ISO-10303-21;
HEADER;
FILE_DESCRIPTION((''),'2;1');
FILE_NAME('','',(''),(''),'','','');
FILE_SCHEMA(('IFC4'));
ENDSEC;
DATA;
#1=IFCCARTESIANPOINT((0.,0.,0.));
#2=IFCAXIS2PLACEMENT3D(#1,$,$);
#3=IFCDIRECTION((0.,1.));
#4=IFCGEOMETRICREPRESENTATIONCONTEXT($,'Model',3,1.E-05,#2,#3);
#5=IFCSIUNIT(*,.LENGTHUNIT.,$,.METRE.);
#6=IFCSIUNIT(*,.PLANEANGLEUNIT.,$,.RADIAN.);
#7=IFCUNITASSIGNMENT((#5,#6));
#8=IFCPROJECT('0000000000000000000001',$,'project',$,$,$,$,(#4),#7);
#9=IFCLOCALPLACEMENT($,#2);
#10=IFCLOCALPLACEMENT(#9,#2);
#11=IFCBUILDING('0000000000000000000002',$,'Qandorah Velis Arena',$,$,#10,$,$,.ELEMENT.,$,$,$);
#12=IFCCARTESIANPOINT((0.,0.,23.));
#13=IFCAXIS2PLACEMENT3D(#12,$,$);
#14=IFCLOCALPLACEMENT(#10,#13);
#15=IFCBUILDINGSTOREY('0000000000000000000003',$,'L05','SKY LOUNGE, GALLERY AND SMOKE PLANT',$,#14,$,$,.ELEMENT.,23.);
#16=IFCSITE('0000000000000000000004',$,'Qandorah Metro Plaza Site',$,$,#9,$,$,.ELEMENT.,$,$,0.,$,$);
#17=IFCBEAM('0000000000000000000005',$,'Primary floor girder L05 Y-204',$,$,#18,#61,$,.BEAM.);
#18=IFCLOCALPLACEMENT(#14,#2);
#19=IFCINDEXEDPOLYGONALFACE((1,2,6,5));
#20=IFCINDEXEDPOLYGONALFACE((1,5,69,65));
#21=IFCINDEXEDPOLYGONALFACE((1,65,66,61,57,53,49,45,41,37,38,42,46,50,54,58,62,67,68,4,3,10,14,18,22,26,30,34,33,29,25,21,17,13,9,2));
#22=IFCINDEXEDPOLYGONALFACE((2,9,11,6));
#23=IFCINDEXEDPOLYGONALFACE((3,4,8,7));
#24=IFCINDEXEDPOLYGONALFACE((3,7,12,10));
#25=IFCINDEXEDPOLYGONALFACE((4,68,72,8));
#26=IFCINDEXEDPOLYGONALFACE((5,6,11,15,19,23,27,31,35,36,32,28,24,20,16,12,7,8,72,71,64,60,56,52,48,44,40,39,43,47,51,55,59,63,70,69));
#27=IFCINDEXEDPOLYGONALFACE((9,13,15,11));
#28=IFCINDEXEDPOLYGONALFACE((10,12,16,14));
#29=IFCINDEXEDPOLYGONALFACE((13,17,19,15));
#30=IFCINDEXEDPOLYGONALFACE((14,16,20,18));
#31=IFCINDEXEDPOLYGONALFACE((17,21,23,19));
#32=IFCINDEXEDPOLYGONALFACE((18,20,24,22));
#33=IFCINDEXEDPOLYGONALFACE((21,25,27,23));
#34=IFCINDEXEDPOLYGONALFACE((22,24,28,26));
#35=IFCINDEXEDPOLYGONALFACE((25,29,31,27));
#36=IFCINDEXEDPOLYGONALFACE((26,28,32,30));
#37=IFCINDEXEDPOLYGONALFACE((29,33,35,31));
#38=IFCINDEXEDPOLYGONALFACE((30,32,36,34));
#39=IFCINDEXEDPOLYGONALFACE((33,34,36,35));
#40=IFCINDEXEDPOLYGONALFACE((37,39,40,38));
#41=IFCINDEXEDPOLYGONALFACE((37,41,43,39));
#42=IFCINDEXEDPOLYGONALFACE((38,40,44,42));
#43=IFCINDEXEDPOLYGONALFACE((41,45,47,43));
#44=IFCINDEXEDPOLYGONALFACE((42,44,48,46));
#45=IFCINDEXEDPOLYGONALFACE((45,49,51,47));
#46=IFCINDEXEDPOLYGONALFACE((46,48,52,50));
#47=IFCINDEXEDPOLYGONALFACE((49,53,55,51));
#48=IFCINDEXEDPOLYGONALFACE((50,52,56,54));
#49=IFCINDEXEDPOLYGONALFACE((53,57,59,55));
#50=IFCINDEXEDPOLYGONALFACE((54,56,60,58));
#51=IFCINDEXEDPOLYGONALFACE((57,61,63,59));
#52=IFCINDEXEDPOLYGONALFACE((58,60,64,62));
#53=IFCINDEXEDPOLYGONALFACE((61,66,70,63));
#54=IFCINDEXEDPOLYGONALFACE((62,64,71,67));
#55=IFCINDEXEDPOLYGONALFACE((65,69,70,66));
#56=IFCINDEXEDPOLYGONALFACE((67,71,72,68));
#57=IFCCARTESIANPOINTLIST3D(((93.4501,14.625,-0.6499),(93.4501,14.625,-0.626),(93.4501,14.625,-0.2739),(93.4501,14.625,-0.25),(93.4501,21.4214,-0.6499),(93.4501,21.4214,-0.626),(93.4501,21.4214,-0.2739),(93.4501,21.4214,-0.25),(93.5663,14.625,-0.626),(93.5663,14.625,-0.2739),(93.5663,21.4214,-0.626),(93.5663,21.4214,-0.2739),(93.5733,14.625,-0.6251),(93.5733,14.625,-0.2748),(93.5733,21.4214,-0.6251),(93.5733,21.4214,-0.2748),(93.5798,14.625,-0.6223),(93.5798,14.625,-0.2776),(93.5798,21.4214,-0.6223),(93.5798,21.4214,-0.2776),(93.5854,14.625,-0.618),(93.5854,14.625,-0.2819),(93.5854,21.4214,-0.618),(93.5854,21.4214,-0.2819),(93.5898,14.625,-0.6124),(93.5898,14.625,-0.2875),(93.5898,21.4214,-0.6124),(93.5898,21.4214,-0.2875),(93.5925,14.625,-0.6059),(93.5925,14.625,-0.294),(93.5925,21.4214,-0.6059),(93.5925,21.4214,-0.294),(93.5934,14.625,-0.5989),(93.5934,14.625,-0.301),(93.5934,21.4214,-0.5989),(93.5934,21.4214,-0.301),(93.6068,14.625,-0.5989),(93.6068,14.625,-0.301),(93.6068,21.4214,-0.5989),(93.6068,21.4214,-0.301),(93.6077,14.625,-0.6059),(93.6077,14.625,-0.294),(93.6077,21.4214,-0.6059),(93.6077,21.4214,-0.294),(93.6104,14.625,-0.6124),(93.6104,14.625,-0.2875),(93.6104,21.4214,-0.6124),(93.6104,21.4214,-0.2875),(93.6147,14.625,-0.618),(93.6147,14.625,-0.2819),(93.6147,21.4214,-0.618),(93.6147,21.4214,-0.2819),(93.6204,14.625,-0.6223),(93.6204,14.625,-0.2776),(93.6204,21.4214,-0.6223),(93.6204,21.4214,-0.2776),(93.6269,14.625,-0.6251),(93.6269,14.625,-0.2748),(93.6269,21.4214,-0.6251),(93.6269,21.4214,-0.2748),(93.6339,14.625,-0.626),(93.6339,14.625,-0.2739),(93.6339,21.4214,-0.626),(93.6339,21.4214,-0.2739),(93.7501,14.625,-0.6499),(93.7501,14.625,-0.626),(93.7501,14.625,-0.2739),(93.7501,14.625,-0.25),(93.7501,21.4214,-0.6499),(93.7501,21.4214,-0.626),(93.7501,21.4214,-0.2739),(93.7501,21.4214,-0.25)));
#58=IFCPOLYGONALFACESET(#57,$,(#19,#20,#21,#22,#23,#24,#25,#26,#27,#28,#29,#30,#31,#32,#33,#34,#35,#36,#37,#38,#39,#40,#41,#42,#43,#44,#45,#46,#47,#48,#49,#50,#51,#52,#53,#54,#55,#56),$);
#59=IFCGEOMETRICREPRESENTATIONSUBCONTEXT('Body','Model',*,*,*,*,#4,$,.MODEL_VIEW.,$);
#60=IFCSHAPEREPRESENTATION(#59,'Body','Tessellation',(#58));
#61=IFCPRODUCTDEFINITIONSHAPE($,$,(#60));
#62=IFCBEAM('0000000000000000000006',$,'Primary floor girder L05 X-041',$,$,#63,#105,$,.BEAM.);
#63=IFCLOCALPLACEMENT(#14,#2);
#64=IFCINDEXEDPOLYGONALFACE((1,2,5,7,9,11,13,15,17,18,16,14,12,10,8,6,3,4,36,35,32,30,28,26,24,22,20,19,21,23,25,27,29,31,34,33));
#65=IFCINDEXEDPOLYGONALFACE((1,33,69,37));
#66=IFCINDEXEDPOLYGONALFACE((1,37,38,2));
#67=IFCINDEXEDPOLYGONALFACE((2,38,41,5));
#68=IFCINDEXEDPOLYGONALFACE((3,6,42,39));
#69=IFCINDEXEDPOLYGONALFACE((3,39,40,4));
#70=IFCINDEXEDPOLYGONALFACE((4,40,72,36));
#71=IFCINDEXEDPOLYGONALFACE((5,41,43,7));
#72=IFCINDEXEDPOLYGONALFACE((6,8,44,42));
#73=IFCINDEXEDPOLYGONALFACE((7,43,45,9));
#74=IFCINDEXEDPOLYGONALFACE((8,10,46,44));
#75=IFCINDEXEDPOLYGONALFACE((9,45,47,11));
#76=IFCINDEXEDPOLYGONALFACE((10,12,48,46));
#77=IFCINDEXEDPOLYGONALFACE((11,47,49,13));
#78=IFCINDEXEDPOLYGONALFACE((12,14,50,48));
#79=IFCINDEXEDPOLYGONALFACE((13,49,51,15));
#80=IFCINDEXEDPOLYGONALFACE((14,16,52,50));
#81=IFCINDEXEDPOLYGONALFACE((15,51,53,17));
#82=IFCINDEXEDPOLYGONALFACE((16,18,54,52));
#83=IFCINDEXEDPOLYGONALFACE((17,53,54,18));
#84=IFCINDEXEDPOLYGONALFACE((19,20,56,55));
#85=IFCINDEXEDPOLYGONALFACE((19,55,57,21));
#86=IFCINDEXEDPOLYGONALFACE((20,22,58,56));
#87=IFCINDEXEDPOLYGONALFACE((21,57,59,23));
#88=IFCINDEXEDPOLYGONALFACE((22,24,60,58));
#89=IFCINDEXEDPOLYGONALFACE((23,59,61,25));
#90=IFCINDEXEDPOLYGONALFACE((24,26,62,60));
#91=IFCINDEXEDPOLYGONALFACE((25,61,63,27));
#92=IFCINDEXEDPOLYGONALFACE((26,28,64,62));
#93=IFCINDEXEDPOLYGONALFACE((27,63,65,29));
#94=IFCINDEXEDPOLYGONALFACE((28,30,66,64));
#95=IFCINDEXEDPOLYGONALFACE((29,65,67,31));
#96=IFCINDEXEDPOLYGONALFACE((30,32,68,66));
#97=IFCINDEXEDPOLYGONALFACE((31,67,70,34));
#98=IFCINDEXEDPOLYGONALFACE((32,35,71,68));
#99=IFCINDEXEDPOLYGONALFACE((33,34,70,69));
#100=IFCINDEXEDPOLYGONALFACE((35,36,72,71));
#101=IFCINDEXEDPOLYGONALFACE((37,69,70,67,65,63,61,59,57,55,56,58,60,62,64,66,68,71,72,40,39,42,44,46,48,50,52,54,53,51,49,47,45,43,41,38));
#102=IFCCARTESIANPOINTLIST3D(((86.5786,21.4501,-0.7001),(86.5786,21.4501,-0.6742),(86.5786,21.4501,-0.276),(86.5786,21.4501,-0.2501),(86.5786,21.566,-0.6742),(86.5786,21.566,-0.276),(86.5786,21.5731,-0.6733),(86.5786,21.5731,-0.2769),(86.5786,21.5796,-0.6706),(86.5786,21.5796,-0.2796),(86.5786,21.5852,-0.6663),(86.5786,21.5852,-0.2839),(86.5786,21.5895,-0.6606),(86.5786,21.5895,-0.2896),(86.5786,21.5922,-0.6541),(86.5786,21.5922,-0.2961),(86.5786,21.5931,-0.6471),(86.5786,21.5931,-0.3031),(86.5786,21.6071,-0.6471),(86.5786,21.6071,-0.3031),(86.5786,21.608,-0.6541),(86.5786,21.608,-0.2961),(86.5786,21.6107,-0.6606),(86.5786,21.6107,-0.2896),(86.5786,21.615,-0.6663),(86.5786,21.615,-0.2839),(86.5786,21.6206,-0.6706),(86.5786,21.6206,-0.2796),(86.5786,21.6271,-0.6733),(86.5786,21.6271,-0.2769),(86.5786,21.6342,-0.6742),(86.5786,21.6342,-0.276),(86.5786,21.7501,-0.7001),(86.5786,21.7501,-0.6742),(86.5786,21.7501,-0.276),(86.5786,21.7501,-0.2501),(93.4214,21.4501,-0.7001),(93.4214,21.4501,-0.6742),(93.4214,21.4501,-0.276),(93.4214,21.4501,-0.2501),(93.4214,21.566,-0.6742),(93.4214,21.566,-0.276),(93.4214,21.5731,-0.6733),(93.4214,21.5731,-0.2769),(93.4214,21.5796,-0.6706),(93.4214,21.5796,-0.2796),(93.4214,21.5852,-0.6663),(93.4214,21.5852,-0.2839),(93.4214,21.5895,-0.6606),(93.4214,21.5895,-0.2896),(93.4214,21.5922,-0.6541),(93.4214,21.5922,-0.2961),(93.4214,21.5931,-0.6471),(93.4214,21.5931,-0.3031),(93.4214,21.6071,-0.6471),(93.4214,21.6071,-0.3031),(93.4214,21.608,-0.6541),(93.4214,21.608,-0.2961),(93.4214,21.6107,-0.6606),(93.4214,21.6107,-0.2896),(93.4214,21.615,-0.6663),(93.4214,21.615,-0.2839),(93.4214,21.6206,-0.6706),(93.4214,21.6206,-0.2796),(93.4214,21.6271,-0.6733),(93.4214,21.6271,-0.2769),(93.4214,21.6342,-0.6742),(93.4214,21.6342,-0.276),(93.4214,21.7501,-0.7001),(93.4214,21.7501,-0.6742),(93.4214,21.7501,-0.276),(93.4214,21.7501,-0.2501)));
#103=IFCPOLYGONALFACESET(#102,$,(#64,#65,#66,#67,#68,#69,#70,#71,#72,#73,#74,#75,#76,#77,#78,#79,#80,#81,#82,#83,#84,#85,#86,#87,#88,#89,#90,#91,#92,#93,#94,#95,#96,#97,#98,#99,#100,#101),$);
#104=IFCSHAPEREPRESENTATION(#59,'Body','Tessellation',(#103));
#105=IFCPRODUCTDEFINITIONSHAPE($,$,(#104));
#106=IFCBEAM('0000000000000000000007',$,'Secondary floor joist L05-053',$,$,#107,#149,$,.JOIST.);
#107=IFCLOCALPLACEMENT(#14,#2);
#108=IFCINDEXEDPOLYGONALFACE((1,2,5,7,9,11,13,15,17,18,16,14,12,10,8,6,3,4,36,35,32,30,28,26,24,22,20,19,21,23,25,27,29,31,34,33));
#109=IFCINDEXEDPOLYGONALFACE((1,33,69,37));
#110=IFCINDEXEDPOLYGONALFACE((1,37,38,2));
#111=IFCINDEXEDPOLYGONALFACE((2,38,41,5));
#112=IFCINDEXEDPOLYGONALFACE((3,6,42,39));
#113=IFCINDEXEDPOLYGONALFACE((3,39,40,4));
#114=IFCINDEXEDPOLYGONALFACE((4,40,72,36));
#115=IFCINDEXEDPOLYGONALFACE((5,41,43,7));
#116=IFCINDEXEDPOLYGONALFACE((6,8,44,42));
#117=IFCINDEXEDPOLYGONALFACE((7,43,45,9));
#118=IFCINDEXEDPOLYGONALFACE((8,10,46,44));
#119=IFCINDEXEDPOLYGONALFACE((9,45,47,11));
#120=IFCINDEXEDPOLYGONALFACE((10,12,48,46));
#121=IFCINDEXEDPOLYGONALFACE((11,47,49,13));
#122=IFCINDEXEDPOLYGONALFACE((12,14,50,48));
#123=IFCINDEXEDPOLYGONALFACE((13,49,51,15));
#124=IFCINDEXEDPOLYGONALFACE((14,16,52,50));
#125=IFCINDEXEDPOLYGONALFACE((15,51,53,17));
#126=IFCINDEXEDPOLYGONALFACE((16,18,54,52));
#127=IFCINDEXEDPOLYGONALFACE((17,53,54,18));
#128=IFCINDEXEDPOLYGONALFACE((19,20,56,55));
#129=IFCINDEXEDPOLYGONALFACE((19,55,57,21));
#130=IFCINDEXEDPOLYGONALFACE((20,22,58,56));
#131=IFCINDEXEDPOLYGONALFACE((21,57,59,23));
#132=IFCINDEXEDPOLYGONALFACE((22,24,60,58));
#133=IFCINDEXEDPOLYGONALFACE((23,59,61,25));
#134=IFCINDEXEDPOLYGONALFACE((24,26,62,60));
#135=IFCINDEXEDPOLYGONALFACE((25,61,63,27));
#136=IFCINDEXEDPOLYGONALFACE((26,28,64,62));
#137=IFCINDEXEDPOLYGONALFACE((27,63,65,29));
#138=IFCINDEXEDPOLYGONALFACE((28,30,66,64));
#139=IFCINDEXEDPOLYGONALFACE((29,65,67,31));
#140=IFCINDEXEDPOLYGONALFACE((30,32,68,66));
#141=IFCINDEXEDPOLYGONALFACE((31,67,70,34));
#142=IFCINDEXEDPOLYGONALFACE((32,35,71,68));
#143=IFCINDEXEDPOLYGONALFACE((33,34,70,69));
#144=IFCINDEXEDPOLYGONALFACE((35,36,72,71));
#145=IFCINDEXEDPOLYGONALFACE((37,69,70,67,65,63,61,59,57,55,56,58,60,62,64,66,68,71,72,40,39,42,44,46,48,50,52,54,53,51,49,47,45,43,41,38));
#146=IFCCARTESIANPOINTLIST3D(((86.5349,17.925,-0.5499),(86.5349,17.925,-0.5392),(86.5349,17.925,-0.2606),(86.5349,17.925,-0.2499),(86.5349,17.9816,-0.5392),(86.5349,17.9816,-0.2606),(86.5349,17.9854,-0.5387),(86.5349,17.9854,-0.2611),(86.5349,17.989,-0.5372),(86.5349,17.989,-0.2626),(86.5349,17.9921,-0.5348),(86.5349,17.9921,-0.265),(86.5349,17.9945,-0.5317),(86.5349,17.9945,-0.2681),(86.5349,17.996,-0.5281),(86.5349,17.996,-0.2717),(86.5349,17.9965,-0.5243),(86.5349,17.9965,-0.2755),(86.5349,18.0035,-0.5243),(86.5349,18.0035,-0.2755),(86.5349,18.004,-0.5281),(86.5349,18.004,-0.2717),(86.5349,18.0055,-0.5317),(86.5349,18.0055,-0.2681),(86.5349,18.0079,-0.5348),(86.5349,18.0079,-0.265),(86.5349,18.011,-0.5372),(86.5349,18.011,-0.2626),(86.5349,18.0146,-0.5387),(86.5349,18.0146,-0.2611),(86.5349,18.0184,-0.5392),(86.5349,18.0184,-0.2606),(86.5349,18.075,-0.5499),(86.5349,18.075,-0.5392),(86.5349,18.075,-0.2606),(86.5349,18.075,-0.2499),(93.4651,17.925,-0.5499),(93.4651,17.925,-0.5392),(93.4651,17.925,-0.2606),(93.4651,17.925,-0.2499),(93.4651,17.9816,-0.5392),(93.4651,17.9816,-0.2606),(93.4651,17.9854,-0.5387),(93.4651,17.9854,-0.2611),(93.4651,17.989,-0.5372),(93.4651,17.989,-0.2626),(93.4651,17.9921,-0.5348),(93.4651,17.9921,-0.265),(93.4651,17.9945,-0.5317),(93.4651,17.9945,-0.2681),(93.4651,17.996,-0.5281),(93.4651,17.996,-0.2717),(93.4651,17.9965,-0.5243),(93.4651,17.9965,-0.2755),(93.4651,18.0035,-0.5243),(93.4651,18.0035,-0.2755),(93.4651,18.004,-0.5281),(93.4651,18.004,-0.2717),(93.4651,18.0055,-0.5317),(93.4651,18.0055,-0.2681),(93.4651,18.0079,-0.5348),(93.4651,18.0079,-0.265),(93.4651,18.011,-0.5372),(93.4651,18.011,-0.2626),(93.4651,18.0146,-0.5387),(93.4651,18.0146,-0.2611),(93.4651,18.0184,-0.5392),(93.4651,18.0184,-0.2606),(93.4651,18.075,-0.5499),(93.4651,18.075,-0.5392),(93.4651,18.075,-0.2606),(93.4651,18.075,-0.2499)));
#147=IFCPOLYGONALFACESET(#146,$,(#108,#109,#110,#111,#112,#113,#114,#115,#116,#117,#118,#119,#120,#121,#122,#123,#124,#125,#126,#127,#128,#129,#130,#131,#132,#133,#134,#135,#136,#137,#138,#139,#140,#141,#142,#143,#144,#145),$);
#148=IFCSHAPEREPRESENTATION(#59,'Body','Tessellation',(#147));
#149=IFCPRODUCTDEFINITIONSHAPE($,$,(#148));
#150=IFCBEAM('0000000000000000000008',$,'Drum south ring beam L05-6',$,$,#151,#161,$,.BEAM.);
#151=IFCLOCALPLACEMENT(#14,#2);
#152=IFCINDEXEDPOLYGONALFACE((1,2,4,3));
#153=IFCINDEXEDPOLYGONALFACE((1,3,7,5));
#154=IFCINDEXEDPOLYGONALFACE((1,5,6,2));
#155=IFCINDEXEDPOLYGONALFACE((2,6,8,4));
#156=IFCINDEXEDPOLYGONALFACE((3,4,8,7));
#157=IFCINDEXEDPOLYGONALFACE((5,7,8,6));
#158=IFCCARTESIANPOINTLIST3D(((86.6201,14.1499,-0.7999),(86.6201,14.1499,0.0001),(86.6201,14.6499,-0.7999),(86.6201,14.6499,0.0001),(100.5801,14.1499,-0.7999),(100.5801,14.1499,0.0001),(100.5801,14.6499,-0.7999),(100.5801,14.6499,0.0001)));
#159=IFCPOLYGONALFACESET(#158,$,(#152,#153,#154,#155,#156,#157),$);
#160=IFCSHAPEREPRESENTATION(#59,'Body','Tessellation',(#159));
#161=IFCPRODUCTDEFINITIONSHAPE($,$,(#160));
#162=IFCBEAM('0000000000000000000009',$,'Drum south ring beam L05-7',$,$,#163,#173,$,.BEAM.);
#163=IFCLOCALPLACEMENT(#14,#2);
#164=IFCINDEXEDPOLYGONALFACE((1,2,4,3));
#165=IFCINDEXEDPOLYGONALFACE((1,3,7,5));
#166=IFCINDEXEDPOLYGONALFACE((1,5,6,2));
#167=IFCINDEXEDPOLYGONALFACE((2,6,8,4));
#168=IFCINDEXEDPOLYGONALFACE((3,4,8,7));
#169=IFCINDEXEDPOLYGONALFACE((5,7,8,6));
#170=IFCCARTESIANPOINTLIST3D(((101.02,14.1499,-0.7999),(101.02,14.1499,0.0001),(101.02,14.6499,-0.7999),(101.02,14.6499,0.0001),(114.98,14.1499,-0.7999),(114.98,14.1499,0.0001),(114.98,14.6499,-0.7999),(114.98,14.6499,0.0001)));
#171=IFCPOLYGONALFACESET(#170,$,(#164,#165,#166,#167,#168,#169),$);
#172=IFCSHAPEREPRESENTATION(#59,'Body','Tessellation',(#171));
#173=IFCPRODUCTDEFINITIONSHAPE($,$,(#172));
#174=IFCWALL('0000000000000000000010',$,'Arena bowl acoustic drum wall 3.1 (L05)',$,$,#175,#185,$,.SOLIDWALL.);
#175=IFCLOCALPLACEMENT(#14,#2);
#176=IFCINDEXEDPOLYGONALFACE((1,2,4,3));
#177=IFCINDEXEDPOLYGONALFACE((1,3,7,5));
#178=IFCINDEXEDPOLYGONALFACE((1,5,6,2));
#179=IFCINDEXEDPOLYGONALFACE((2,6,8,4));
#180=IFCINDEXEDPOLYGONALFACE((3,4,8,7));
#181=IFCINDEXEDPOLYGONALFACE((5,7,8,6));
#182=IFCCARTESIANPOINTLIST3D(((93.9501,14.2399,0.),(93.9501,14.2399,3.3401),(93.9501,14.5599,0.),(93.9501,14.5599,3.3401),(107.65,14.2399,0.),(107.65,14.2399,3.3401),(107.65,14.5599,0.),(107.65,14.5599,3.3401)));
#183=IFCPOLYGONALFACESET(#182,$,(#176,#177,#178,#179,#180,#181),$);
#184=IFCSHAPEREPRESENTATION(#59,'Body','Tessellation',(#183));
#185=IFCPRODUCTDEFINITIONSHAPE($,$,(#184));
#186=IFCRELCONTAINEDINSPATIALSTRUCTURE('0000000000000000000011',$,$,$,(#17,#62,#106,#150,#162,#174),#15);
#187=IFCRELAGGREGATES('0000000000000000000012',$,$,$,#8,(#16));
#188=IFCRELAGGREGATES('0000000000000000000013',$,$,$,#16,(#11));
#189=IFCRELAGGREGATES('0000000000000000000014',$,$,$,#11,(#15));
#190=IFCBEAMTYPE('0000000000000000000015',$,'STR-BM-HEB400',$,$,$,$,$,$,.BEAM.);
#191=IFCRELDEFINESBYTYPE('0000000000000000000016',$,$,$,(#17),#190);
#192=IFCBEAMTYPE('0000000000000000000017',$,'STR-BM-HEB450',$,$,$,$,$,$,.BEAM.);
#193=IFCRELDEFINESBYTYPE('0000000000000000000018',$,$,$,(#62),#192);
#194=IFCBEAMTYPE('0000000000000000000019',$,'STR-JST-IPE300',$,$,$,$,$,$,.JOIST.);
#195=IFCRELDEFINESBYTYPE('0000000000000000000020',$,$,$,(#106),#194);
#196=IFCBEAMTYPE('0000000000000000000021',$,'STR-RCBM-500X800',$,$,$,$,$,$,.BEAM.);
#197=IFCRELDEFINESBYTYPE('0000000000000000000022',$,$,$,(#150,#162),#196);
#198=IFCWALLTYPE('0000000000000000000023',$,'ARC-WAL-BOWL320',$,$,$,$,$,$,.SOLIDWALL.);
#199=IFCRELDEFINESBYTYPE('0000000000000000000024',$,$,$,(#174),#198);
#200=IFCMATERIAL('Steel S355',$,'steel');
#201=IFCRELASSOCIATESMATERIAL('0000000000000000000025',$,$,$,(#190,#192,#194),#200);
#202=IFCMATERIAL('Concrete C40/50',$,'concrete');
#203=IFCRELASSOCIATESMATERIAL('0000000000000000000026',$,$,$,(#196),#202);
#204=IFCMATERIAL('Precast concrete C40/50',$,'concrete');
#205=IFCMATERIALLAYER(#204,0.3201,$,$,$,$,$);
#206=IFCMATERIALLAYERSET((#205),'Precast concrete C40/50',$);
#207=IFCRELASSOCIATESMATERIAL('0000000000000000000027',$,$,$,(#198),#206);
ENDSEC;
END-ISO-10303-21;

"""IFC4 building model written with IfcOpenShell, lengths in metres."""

from ifc_helpers import new_model, si_unit, direction, frame, frame_2d, origin, origin_2d, place, context, subcontext, project, spatial, rectangle, i_section, extrude, material, layer, layer_set, material_profile, profile_set, type_object, element, save


model = new_model("IFC4")

# Units and contexts
model_context = context("Model", 3, precision=1e-05, world=origin(), true_north=direction((0.0, 1.0)))
body_context = subcontext(model_context, "Body", "Model", "MODEL_VIEW")
ifc_project = project(units=[si_unit("LENGTHUNIT", "METRE"), si_unit("PLANEANGLEUNIT", "RADIAN")], contexts=[model_context])

# Site, building, storey
site_placement = place(None, origin())
site = spatial("IfcSite", under=ifc_project, at=site_placement, Name="Qandorah Metro Plaza Site", CompositionType="ELEMENT", RefElevation=0.0)
building_placement = place(site_placement, origin())
building = spatial("IfcBuilding", under=site, at=building_placement, Name="Qandorah Velis Arena", CompositionType="ELEMENT")
storey_placement = place(building_placement, frame((0.0, 0.0, 23.0)))
storey = spatial("IfcBuildingStorey", under=building, at=storey_placement, Name="L05", Description="SKY LOUNGE, GALLERY AND SMOKE PLANT", CompositionType="ELEMENT", Elevation=23.0)

# Shared definitions
ifc_material_1 = material(Name="Concrete C40/50", Category="concrete")

# Beams
ifc_material_2 = material(Name="Steel S355", Category="steel")
ifc_material_profile_1 = material_profile(ifc_material_2, i_section(OverallWidth=0.3, OverallDepth=0.3999, WebThickness=0.0134, FlangeThickness=0.0239, FilletRadius=0.0271, at=origin_2d()), Name="HEB 400")
ifc_profile_set_1 = profile_set([ifc_material_profile_1], Name="Steel S355")
beam_type_1 = type_object("IfcBeamType", Name="STR-BM-HEB400", PredefinedType="BEAM", material=ifc_profile_set_1)
beam_1_placement = place(storey_placement, frame((93.6001, 14.625, -0.45), z_axis=(0.0, 1.0, 0.0), x_axis=(-1.0, 0.0, 0.0)))
element("IfcBeam", 1, at=beam_1_placement, inside=storey, type_object=beam_type_1, Name="Primary floor girder L05 Y-204", PredefinedType="BEAM", context=body_context, shape_type="SweptSolid", body=[
    extrude(i_section(OverallWidth=0.3, OverallDepth=0.3999, WebThickness=0.0134, FlangeThickness=0.0239, FilletRadius=0.0271, at=origin_2d()), origin(), (0.0, 0.0, 1.0), 6.7964),
])
ifc_material_profile_2 = material_profile(ifc_material_2, i_section(OverallWidth=0.3, OverallDepth=0.45, WebThickness=0.0139, FlangeThickness=0.0259, FilletRadius=0.0271, at=origin_2d()), Name="HEB 450")
ifc_profile_set_2 = profile_set([ifc_material_profile_2], Name="Steel S355")
beam_type_2 = type_object("IfcBeamType", Name="STR-BM-HEB450", PredefinedType="BEAM", material=ifc_profile_set_2)
beam_2_placement = place(storey_placement, frame((86.5786, 21.6001, -0.4751), z_axis=(1.0, 0.0, 0.0), x_axis=(0.0, 1.0, 0.0)))
element("IfcBeam", 2, at=beam_2_placement, inside=storey, type_object=beam_type_2, Name="Primary floor girder L05 X-041", PredefinedType="BEAM", context=body_context, shape_type="SweptSolid", body=[
    extrude(i_section(OverallWidth=0.3, OverallDepth=0.45, WebThickness=0.0139, FlangeThickness=0.0259, FilletRadius=0.0271, at=origin_2d()), origin(), (0.0, 0.0, 1.0), 6.8428),
])
ifc_material_profile_3 = material_profile(ifc_material_2, i_section(OverallWidth=0.1499, OverallDepth=0.3, WebThickness=0.0071, FlangeThickness=0.0107, FilletRadius=0.0149, at=origin_2d()), Name="IPE 300")
ifc_profile_set_3 = profile_set([ifc_material_profile_3], Name="Steel S355")
beam_type_3 = type_object("IfcBeamType", Name="STR-JST-IPE300", PredefinedType="JOIST", material=ifc_profile_set_3)
beam_3_placement = place(storey_placement, frame((86.5349, 18.0, -0.3999), z_axis=(1.0, 0.0, 0.0), x_axis=(0.0, 1.0, 0.0)))
element("IfcBeam", 3, at=beam_3_placement, inside=storey, type_object=beam_type_3, Name="Secondary floor joist L05-053", PredefinedType="JOIST", context=body_context, shape_type="SweptSolid", body=[
    extrude(i_section(OverallWidth=0.1499, OverallDepth=0.3, WebThickness=0.0071, FlangeThickness=0.0107, FilletRadius=0.0149, at=origin_2d()), origin(), (0.0, 0.0, 1.0), 6.9302),
])
ifc_material_profile_4 = material_profile(ifc_material_1, rectangle(XDim=0.5, YDim=0.8, at=origin_2d()), Name="RC BM 500x800")
ifc_profile_set_4 = profile_set([ifc_material_profile_4], Name="Concrete C40/50")
beam_type_4 = type_object("IfcBeamType", Name="STR-RCBM-500X800", PredefinedType="BEAM", material=ifc_profile_set_4)
for number, where, z_axis, x_axis, name in (
    (4, (86.6201, 14.3999, -0.3999), (1.0, 0.0, 0.0), (0.0, 1.0, 0.0), "Drum south ring beam L05-6"),
    (5, (101.02, 14.3999, -0.3999), (1.0, 0.0, 0.0), (0.0, 1.0, 0.0), "Drum south ring beam L05-7"),
):
    element("IfcBeam", number, at=place(storey_placement, frame(where, z_axis=z_axis, x_axis=x_axis)), inside=storey, type_object=beam_type_4, Name=name, PredefinedType="BEAM", context=body_context, shape_type="SweptSolid", body=[
        extrude(rectangle(XDim=0.5, YDim=0.8, at=origin_2d()), origin(), (0.0, 0.0, 1.0), 13.96),
    ])

# Wall
ifc_material_3 = material(Name="Precast concrete C40/50", Category="concrete")
ifc_layer_1 = layer(ifc_material_3, 0.3201)
ifc_layer_set_1 = layer_set([ifc_layer_1], Name="Precast concrete C40/50")
wall_type = type_object("IfcWallType", Name="ARC-WAL-BOWL320", PredefinedType="SOLIDWALL", material=ifc_layer_set_1)
wall_placement = place(storey_placement, frame((93.95, 14.3999, 0.0), z_axis=(0.0, 0.0, 1.0), x_axis=(1.0, 0.0, 0.0)))
element("IfcWall", 6, at=wall_placement, inside=storey, type_object=wall_type, Name="Arena bowl acoustic drum wall 3.1 (L05)", PredefinedType="SOLIDWALL", context=body_context, shape_type="SweptSolid", body=[
    extrude(rectangle(XDim=13.7, YDim=0.3201, at=frame_2d((6.8501, 0.0))), origin(), (0.0, 0.0, 1.0), 3.3401),
])

save(model, "model.ifc")
